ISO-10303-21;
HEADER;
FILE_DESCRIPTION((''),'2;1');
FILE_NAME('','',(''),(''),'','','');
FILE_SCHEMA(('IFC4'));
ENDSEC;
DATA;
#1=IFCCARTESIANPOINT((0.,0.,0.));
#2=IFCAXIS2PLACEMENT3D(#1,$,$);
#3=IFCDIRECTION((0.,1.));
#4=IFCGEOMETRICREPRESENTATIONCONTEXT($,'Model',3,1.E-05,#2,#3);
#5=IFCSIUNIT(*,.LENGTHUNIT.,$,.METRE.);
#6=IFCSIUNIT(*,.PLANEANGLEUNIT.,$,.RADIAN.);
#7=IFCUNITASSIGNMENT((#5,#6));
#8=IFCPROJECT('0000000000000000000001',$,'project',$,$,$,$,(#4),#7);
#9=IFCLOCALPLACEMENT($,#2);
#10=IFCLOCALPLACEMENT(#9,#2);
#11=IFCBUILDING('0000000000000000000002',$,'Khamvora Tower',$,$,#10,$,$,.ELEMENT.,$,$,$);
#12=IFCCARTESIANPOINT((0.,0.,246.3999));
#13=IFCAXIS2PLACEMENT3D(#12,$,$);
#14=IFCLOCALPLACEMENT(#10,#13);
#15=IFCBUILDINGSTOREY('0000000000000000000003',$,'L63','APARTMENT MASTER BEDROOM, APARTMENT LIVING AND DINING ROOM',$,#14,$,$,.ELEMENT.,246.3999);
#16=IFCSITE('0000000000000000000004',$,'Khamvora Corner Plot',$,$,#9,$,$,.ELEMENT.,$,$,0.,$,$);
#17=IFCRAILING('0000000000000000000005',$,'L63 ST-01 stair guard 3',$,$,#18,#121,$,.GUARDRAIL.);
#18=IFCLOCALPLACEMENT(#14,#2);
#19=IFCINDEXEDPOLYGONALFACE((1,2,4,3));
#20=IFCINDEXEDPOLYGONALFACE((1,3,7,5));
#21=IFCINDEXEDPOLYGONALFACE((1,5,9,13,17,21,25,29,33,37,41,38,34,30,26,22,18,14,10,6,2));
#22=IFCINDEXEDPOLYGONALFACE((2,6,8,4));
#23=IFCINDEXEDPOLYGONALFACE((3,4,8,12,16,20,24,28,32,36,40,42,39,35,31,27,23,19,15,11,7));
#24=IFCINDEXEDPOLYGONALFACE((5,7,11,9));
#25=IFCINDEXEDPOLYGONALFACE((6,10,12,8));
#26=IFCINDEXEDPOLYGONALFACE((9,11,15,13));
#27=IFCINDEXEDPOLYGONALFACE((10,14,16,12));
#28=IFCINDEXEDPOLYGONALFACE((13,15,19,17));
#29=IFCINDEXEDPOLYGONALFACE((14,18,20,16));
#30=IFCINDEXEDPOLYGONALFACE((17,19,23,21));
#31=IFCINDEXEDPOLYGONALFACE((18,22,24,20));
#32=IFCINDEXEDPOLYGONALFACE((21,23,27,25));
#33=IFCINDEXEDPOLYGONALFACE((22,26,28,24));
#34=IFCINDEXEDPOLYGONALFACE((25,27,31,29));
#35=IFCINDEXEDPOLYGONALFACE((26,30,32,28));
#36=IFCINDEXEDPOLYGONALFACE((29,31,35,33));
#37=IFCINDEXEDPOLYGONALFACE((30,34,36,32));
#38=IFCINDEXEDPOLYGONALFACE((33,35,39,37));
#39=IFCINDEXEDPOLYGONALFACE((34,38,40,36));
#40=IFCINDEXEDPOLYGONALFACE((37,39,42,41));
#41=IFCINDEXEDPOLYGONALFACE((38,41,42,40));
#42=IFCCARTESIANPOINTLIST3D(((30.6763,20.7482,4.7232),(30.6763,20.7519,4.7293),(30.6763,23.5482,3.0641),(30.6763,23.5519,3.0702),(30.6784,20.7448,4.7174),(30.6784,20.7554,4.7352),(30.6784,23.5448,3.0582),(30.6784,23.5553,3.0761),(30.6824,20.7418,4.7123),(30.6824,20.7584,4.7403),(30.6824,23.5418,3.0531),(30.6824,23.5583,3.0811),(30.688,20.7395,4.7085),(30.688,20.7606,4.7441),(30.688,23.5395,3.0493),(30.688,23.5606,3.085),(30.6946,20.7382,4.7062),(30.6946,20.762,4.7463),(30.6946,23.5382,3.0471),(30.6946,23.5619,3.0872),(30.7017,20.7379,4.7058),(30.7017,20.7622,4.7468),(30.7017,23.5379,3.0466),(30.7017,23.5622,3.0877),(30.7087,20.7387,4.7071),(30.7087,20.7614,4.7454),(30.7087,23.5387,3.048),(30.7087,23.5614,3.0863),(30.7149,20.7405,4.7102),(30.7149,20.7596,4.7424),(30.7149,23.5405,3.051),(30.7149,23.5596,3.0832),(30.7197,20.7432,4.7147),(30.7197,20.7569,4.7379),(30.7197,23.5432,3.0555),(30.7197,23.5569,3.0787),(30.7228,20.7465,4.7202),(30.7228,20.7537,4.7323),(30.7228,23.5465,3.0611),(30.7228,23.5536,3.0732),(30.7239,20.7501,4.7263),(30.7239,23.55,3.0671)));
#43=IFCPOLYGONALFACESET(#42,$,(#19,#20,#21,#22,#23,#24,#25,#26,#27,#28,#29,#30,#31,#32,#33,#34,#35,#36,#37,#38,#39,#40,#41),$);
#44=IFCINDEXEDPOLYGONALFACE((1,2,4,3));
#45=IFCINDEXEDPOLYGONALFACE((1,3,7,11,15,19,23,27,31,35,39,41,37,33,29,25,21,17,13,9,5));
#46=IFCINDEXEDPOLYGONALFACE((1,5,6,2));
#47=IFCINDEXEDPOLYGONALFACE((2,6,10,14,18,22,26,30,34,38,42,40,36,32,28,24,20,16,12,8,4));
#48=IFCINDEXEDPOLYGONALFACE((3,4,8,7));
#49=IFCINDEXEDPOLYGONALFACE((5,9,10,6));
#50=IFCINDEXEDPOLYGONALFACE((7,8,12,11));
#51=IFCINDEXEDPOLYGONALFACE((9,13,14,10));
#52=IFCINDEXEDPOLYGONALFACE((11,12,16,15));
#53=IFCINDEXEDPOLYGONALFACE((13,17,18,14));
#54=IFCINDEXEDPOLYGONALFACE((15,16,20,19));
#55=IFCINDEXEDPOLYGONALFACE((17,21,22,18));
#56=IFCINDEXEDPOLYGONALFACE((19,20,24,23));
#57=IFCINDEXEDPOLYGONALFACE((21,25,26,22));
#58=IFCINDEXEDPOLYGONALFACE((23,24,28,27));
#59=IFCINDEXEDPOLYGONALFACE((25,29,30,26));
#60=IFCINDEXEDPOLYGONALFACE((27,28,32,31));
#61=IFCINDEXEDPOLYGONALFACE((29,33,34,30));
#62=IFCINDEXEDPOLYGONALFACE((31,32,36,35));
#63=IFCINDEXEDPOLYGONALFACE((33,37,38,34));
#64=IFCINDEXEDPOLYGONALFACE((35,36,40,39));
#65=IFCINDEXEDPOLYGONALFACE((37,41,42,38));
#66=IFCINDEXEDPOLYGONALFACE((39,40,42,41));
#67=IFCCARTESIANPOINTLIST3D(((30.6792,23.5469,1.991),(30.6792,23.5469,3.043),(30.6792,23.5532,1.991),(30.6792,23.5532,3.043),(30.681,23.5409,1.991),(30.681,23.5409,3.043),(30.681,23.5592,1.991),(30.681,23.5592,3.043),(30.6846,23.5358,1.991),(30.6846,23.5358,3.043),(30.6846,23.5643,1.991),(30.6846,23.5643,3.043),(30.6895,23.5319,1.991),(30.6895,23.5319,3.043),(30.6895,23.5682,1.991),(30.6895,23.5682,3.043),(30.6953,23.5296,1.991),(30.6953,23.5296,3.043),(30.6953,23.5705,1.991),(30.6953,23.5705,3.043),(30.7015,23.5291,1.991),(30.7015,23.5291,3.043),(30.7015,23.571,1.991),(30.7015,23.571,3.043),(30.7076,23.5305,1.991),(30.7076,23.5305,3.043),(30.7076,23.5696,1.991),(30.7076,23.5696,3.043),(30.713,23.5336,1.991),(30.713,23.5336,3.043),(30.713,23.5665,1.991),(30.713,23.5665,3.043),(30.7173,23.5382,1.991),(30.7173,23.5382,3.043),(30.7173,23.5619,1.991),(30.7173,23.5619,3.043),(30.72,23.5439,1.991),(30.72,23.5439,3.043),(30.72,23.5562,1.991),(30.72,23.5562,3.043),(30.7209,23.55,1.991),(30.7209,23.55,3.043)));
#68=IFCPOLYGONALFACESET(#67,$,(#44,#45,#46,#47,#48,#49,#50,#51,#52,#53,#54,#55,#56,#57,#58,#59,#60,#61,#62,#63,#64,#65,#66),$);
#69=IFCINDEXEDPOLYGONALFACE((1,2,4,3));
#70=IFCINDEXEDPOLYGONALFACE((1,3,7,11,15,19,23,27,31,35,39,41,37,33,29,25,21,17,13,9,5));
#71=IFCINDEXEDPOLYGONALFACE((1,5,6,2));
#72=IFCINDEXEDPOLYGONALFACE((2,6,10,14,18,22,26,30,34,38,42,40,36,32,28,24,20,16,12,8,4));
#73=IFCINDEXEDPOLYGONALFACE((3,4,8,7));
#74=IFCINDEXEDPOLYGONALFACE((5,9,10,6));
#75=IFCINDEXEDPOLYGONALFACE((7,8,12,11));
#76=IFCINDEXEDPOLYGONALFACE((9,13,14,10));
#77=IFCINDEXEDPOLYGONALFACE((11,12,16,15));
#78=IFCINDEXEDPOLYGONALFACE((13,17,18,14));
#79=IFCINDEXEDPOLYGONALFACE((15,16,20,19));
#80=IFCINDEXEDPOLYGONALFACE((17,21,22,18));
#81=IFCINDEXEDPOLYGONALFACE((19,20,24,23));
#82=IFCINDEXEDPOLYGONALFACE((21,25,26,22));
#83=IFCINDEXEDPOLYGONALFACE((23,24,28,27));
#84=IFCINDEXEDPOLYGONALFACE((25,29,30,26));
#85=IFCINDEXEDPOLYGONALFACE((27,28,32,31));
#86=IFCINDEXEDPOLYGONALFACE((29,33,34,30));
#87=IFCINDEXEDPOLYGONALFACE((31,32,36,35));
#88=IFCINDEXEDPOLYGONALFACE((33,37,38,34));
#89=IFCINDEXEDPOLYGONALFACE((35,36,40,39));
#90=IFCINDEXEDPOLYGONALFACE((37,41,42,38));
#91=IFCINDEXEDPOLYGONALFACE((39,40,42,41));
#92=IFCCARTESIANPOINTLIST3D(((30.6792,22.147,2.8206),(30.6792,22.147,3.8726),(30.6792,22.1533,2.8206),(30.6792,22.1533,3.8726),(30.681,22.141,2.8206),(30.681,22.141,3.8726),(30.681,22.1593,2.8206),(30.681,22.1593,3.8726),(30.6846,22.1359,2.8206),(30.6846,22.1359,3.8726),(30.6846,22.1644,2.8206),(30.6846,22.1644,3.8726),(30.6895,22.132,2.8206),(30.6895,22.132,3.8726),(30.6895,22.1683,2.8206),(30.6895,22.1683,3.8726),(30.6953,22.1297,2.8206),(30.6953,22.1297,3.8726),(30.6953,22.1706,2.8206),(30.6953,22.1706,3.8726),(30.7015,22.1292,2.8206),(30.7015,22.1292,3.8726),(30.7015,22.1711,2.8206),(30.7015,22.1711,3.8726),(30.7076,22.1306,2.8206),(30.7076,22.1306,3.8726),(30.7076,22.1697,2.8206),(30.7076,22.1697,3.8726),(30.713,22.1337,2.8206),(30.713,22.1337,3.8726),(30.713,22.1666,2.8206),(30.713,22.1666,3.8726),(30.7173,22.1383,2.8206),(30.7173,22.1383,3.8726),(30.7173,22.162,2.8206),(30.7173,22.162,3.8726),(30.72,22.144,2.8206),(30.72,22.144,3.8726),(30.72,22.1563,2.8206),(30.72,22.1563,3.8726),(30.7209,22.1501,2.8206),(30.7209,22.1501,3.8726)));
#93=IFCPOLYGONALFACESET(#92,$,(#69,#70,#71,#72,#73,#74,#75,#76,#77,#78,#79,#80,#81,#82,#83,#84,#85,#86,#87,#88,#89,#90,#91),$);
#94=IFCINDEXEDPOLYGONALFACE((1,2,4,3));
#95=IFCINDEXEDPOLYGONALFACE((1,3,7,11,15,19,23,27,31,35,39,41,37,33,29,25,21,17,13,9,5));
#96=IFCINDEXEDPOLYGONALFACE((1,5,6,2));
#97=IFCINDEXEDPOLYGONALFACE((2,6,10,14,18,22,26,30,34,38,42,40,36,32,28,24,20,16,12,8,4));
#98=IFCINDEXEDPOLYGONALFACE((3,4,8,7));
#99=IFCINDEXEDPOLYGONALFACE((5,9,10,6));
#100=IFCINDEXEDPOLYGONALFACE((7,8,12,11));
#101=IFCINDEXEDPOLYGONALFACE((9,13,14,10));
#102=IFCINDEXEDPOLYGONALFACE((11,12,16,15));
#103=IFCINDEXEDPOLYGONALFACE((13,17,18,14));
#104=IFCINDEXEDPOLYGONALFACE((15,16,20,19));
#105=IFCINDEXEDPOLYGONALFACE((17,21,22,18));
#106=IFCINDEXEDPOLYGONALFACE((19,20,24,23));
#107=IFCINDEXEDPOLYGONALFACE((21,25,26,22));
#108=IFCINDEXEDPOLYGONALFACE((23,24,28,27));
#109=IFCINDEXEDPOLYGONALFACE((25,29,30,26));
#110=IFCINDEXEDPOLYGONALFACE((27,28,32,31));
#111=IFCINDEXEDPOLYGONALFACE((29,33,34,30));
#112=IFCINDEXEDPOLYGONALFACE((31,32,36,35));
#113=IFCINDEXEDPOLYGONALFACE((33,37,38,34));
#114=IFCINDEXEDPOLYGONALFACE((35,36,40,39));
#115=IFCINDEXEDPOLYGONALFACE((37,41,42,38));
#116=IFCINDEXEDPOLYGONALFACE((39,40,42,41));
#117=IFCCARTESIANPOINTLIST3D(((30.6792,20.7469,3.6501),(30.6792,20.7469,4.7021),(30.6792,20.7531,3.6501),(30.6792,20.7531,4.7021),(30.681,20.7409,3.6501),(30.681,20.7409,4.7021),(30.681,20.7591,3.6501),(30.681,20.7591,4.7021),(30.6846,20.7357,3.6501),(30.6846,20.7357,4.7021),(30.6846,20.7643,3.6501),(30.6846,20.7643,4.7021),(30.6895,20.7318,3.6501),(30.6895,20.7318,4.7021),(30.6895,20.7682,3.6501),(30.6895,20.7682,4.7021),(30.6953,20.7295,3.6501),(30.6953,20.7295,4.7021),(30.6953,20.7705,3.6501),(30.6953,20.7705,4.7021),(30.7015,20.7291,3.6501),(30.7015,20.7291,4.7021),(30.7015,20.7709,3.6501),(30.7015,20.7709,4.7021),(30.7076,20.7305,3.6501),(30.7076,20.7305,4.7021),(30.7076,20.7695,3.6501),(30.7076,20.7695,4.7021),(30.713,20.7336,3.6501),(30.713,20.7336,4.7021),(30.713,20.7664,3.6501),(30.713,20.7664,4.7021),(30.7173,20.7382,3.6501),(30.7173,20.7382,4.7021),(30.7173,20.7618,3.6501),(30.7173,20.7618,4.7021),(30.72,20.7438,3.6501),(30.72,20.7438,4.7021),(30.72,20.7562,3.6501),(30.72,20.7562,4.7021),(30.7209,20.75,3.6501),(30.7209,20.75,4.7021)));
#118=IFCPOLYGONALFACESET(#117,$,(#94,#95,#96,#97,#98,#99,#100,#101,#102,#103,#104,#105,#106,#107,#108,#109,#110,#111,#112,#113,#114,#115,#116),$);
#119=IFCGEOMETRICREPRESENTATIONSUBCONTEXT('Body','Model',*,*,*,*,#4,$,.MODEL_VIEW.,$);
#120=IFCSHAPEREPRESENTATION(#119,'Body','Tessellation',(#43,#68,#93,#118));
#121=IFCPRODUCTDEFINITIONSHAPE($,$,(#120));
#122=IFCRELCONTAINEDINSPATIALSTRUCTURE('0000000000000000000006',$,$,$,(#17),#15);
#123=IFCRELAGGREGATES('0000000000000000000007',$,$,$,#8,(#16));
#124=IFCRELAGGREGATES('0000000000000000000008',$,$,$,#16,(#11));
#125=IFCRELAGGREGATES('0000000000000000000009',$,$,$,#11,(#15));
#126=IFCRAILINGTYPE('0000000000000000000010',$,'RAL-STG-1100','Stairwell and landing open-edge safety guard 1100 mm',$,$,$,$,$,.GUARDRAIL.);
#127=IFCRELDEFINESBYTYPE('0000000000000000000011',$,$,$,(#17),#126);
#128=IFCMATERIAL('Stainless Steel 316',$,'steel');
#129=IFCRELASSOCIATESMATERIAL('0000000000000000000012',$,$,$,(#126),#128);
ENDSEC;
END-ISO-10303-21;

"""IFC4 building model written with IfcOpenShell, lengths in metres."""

from ifc_helpers import new_model, si_unit, direction, frame, origin, origin_2d, place, context, subcontext, project, spatial, circle, extrude, material, type_object, element, save


model = new_model("IFC4")

# Units and contexts
model_context = context("Model", 3, precision=1e-05, world=origin(), true_north=direction((0.0, 1.0)))
body_context = subcontext(model_context, "Body", "Model", "MODEL_VIEW")
ifc_project = project(units=[si_unit("LENGTHUNIT", "METRE"), si_unit("PLANEANGLEUNIT", "RADIAN")], contexts=[model_context])

# Site, building, storey
site_placement = place(None, origin())
site = spatial("IfcSite", under=ifc_project, at=site_placement, Name="Khamvora Corner Plot", CompositionType="ELEMENT", RefElevation=0.0)
building_placement = place(site_placement, origin())
building = spatial("IfcBuilding", under=site, at=building_placement, Name="Khamvora Tower", CompositionType="ELEMENT")
storey_placement = place(building_placement, frame((0.0, 0.0, 246.3999)))
storey = spatial("IfcBuildingStorey", under=building, at=storey_placement, Name="L63", Description="APARTMENT MASTER BEDROOM, APARTMENT LIVING AND DINING ROOM", CompositionType="ELEMENT", Elevation=246.3999)

# Railing
ifc_material_1 = material(Name="Stainless Steel 316", Category="steel")
railing_type_1 = type_object("IfcRailingType", Name="RAL-STG-1100", Description="Stairwell and landing open-edge safety guard 1100 mm", PredefinedType="GUARDRAIL", material=ifc_material_1)
railing_1_placement = place(storey_placement, frame((30.7, 23.55, 1.991)))
element("IfcRailing", 1, at=railing_1_placement, inside=storey, type_object=railing_type_1, Name="L63 ST-01 stair guard 3", PredefinedType="GUARDRAIL", context=body_context, shape_type="SweptSolid", body=[
    extrude(circle(Radius=0.0239, at=origin_2d()), frame((0.0, 0.0, 1.0762), z_axis=(0.0, -0.860306, 0.509778), x_axis=(1.0, 0.0, 0.0)), (0.0, 0.0, 1.0), 3.2546),
    extrude(circle(Radius=0.021, at=origin_2d()), origin(), (0.0, 0.0, 1.0), 1.052),
    extrude(circle(Radius=0.021, at=origin_2d()), frame((0.0, -1.3999, 0.8296)), (0.0, 0.0, 1.0), 1.052),
    extrude(circle(Radius=0.021, at=origin_2d()), frame((0.0, -2.8, 1.6592)), (0.0, 0.0, 1.0), 1.052),
])

save(model, "model.ifc")
